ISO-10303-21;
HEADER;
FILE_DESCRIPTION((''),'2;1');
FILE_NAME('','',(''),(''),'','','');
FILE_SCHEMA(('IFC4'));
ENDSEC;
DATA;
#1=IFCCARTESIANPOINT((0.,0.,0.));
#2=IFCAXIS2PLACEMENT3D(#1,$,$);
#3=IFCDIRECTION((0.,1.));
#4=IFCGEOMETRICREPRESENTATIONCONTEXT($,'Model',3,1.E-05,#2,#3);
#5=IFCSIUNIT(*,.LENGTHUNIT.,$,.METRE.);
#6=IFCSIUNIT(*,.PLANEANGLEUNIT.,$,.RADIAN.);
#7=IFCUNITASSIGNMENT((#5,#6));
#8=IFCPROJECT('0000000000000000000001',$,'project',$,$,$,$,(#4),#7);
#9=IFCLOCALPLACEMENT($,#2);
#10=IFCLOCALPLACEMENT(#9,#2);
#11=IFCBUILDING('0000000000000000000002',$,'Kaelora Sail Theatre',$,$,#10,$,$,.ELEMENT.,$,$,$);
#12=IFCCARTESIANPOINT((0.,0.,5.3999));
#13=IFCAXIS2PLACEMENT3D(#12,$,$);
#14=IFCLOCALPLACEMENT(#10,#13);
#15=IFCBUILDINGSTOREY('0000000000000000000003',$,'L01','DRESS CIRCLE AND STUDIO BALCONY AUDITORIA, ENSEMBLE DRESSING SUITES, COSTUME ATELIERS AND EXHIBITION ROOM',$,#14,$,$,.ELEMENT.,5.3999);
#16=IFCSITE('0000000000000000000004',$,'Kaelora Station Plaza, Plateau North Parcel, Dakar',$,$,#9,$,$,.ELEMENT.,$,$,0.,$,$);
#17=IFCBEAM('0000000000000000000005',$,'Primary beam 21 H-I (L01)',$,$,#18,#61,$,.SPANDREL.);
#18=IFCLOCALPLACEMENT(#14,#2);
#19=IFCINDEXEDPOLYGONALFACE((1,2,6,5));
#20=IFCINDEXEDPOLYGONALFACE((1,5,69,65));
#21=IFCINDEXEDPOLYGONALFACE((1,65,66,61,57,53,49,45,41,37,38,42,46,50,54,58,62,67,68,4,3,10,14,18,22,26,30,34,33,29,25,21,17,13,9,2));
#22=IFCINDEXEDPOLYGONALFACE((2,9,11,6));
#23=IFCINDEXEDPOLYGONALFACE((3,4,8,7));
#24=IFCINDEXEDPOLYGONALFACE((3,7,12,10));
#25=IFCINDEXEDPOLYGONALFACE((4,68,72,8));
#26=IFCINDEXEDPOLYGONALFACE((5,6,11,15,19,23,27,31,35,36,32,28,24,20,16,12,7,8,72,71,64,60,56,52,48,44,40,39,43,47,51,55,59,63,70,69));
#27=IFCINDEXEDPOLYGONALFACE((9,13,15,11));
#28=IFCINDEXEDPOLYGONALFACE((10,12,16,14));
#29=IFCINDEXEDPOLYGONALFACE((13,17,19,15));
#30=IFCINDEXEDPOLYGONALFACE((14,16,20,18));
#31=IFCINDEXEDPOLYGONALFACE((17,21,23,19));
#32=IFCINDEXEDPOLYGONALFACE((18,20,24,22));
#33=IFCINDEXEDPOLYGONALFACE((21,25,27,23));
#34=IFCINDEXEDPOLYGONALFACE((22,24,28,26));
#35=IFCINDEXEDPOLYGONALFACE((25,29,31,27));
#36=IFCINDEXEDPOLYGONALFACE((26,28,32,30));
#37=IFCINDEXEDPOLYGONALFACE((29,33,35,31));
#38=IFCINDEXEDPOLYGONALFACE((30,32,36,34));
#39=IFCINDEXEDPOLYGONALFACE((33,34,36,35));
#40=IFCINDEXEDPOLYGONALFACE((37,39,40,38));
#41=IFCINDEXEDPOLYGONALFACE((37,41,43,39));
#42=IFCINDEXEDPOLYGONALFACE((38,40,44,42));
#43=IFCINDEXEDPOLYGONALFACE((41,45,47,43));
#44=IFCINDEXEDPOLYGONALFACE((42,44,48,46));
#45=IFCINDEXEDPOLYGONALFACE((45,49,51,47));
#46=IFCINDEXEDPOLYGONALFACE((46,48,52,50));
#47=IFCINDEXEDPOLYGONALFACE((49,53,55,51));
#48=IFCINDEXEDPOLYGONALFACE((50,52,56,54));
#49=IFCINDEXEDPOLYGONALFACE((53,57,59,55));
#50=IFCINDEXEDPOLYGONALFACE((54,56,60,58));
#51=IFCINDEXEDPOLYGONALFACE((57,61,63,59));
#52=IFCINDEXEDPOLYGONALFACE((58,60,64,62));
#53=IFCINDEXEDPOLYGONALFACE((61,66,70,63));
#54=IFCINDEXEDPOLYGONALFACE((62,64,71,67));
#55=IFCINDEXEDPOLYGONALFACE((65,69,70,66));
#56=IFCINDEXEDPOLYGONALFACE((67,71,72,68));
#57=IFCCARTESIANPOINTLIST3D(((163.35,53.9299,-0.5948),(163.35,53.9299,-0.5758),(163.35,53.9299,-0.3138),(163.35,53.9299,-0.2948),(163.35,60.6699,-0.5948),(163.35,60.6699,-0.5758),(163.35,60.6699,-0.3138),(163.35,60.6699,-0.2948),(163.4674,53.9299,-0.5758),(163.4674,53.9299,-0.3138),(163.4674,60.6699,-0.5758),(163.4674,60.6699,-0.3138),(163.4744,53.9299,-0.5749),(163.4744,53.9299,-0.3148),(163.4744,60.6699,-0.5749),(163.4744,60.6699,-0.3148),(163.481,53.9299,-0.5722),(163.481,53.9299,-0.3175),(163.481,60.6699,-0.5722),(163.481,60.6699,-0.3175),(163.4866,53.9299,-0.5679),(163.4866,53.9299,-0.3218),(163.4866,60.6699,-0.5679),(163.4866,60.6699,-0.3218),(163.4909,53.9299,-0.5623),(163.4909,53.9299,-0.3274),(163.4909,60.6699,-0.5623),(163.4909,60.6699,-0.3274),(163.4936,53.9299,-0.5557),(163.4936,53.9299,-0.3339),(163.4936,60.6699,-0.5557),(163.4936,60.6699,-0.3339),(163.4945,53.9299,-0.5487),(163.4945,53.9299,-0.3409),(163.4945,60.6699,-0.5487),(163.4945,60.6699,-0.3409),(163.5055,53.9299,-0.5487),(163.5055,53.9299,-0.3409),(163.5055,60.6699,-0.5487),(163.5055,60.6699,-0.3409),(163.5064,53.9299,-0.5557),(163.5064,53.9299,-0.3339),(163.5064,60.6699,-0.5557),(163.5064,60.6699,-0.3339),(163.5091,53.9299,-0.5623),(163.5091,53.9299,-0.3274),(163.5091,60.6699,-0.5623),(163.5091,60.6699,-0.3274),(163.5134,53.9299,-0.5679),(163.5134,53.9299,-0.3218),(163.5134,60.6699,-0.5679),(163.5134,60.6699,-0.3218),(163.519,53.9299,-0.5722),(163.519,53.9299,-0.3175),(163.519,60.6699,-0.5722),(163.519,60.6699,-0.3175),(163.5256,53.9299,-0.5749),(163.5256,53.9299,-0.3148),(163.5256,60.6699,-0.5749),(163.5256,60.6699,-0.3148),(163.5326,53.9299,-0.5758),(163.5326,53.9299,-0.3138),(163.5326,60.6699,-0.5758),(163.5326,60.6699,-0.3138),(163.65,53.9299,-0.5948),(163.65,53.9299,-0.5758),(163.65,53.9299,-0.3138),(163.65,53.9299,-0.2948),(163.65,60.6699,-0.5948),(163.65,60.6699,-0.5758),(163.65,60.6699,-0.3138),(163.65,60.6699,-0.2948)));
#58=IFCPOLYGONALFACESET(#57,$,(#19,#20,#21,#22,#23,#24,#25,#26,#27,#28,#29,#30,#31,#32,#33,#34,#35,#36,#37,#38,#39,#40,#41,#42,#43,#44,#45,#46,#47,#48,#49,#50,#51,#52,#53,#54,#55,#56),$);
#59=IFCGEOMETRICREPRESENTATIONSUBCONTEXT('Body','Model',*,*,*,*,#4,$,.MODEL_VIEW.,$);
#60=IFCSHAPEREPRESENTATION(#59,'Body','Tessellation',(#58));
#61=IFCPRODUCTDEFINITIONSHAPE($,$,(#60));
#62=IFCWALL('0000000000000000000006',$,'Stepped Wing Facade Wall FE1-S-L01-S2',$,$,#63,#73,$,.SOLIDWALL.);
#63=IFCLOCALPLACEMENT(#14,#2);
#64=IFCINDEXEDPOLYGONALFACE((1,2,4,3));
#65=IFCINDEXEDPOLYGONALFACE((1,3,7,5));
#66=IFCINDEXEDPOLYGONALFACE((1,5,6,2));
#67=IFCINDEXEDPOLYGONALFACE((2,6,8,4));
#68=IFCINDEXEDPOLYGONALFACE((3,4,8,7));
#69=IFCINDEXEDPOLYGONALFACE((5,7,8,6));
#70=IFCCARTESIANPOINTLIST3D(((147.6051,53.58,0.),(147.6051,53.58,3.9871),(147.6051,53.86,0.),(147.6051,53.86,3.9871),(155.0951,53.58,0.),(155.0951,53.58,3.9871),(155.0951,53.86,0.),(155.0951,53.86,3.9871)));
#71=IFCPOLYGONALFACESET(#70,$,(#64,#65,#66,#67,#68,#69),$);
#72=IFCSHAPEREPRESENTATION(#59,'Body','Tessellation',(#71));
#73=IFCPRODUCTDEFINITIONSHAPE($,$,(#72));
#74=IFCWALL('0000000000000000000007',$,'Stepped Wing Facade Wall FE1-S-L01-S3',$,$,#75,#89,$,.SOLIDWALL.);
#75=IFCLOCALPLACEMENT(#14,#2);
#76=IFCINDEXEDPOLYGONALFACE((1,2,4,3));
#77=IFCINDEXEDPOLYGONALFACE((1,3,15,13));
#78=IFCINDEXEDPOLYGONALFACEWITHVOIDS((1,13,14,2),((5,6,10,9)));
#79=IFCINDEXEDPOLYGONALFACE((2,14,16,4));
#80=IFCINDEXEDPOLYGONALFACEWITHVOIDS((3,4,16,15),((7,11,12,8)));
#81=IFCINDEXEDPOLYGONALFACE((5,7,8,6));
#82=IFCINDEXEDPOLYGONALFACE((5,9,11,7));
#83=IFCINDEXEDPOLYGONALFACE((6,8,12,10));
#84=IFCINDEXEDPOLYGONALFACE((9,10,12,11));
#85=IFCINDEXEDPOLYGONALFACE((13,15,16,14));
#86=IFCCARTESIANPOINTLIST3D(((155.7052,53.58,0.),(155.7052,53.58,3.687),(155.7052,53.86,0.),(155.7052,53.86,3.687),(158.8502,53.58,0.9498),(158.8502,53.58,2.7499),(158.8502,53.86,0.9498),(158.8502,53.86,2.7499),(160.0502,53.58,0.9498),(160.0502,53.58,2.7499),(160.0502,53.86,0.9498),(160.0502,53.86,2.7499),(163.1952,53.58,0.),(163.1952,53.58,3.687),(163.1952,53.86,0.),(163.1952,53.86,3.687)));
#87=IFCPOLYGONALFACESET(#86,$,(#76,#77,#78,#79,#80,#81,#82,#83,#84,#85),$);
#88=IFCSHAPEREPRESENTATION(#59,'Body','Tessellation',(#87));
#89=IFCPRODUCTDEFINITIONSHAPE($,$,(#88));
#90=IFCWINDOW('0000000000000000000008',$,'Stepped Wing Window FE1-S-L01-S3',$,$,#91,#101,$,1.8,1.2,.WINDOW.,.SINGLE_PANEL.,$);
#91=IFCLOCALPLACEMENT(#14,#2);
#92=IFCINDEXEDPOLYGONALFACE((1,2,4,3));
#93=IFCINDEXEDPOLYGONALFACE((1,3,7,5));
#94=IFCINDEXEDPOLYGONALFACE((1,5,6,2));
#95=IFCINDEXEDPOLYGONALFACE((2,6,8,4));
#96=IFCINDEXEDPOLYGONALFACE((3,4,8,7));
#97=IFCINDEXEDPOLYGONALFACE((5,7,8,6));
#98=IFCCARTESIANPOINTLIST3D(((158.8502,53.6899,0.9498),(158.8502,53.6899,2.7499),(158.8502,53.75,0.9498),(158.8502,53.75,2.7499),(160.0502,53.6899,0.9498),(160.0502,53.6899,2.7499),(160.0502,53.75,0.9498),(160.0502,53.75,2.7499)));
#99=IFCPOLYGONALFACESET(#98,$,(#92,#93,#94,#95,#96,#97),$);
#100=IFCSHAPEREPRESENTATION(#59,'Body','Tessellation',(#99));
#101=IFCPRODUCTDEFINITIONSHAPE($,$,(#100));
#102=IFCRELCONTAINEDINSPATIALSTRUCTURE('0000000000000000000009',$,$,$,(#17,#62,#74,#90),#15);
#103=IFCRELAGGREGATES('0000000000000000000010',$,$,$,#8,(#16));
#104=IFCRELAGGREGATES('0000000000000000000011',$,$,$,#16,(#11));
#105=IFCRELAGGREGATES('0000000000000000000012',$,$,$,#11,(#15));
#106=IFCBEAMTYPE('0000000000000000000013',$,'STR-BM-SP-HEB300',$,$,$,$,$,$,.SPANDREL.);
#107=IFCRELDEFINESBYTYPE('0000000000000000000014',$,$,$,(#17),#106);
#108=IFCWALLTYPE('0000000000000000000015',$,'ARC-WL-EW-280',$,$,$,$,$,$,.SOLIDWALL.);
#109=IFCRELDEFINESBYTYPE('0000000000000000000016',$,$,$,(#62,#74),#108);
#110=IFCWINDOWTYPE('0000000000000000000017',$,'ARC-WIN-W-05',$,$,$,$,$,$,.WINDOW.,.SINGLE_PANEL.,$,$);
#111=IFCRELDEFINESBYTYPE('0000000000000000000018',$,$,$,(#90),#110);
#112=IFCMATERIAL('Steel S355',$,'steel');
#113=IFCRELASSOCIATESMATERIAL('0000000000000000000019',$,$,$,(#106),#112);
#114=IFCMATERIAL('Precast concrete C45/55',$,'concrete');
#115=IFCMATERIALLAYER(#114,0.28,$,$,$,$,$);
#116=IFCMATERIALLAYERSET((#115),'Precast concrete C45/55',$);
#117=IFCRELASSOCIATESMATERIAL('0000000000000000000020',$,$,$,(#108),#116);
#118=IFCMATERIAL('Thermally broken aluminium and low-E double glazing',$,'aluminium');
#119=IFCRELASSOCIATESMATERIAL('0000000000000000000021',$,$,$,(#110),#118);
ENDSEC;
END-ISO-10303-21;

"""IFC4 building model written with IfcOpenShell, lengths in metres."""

from ifc_helpers import new_model, si_unit, direction, frame, frame_2d, origin, origin_2d, place, context, subcontext, project, spatial, rectangle, i_section, extrude, material, layer, layer_set, material_profile, profile_set, type_object, element, fill, save


model = new_model("IFC4")

# Units and contexts
model_context = context("Model", 3, precision=1e-05, world=origin(), true_north=direction((0.0, 1.0)))
body_context = subcontext(model_context, "Body", "Model", "MODEL_VIEW")
ifc_project = project(units=[si_unit("LENGTHUNIT", "METRE"), si_unit("PLANEANGLEUNIT", "RADIAN")], contexts=[model_context])

# Site, building, storey
site_placement = place(None, origin())
site = spatial("IfcSite", under=ifc_project, at=site_placement, Name="Kaelora Station Plaza, Plateau North Parcel, Dakar", CompositionType="ELEMENT", RefElevation=0.0)
building_placement = place(site_placement, origin())
building = spatial("IfcBuilding", under=site, at=building_placement, Name="Kaelora Sail Theatre", CompositionType="ELEMENT")
storey_placement = place(building_placement, frame((0.0, 0.0, 5.3999)))
storey = spatial("IfcBuildingStorey", under=building, at=storey_placement, Name="L01", Description="DRESS CIRCLE AND STUDIO BALCONY AUDITORIA, ENSEMBLE DRESSING SUITES, COSTUME ATELIERS AND EXHIBITION ROOM", CompositionType="ELEMENT", Elevation=5.3999)

# Beam
ifc_material_1 = material(Name="Steel S355", Category="steel")
ifc_material_profile_1 = material_profile(ifc_material_1, i_section(OverallWidth=0.3, OverallDepth=0.3, WebThickness=0.011, FlangeThickness=0.019, FilletRadius=0.0271, at=origin_2d()), Name="HEB 300")
ifc_profile_set_1 = profile_set([ifc_material_profile_1], Name="Steel S355")
beam_type_1 = type_object("IfcBeamType", Name="STR-BM-SP-HEB300", PredefinedType="SPANDREL", material=ifc_profile_set_1)
beam_1_placement = place(storey_placement, frame((163.5, 53.9299, -0.4448), z_axis=(0.0, 1.0, 0.0), x_axis=(-1.0, 0.0, 0.0)))
element("IfcBeam", 1, at=beam_1_placement, inside=storey, type_object=beam_type_1, Name="Primary beam 21 H-I (L01)", PredefinedType="SPANDREL", context=body_context, shape_type="SweptSolid", body=[
    extrude(i_section(OverallWidth=0.3, OverallDepth=0.3, WebThickness=0.011, FlangeThickness=0.019, FilletRadius=0.0271, at=origin_2d()), origin(), (0.0, 0.0, 1.0), 6.74),
])

# Wall
ifc_material_2 = material(Name="Precast concrete C45/55", Category="concrete")
ifc_layer = layer(ifc_material_2, 0.28)
ifc_layer_set = layer_set([ifc_layer], Name="Precast concrete C45/55")
wall_type = type_object("IfcWallType", Name="ARC-WL-EW-280", PredefinedType="SOLIDWALL", material=ifc_layer_set)
wall_1_placement = place(storey_placement, frame((147.605, 53.72, 0.0), z_axis=(0.0, 0.0, 1.0), x_axis=(1.0, 0.0, 0.0)))
element("IfcWall", 2, at=wall_1_placement, inside=storey, type_object=wall_type, Name="Stepped Wing Facade Wall FE1-S-L01-S2", PredefinedType="SOLIDWALL", context=body_context, shape_type="SweptSolid", body=[
    extrude(rectangle(XDim=7.49, YDim=0.28, at=frame_2d((3.7451, 0.0))), origin(), (0.0, 0.0, 1.0), 3.9871),
])

# Wall, opening, window
wall_2_placement = place(storey_placement, frame((155.7051, 53.72, 0.0), z_axis=(0.0, 0.0, 1.0), x_axis=(1.0, 0.0, 0.0)))
wall_2 = element("IfcWall", 3, at=wall_2_placement, inside=storey, type_object=wall_type, Name="Stepped Wing Facade Wall FE1-S-L01-S3", PredefinedType="SOLIDWALL", context=body_context, shape_type="SweptSolid", body=[
    extrude(rectangle(XDim=7.49, YDim=0.28, at=frame_2d((3.7451, 0.0))), origin(), (0.0, 0.0, 1.0), 3.687),
])
opening_placement = place(wall_2_placement, frame((3.145, 0.0, 0.95)))
opening = element("IfcOpeningElement", 4, at=opening_placement, cuts=wall_2, PredefinedType="OPENING", context=body_context, shape_type="SweptSolid", body=[
    extrude(rectangle(XDim=1.2, YDim=1.8, at=frame_2d((0.6001, 0.8999))), frame((0.0, 0.1501, 0.0), z_axis=(0.0, -1.0, 0.0), x_axis=(1.0, 0.0, 0.0)), (0.0, 0.0, 1.0), 0.3),
])
ifc_material_3 = material(Name="Thermally broken aluminium and low-E double glazing", Category="aluminium")
window_type = type_object("IfcWindowType", Name="ARC-WIN-W-05", PartitioningType="SINGLE_PANEL", PredefinedType="WINDOW", material=ifc_material_3)
window_placement = place(opening_placement, origin())
window = element("IfcWindow", 5, at=window_placement, inside=storey, type_object=window_type, Name="Stepped Wing Window FE1-S-L01-S3", OverallHeight=1.8, OverallWidth=1.2, PartitioningType="SINGLE_PANEL", PredefinedType="WINDOW", context=body_context, shape_type="SweptSolid", body=[
    extrude(rectangle(XDim=1.2, YDim=1.8, at=frame_2d((0.6001, 0.8999))), frame((0.0, 0.03, 0.0), z_axis=(0.0, -1.0, 0.0), x_axis=(1.0, 0.0, 0.0)), (0.0, 0.0, 1.0), 0.0601),
])
fill(opening, window)

save(model, "model.ifc")
